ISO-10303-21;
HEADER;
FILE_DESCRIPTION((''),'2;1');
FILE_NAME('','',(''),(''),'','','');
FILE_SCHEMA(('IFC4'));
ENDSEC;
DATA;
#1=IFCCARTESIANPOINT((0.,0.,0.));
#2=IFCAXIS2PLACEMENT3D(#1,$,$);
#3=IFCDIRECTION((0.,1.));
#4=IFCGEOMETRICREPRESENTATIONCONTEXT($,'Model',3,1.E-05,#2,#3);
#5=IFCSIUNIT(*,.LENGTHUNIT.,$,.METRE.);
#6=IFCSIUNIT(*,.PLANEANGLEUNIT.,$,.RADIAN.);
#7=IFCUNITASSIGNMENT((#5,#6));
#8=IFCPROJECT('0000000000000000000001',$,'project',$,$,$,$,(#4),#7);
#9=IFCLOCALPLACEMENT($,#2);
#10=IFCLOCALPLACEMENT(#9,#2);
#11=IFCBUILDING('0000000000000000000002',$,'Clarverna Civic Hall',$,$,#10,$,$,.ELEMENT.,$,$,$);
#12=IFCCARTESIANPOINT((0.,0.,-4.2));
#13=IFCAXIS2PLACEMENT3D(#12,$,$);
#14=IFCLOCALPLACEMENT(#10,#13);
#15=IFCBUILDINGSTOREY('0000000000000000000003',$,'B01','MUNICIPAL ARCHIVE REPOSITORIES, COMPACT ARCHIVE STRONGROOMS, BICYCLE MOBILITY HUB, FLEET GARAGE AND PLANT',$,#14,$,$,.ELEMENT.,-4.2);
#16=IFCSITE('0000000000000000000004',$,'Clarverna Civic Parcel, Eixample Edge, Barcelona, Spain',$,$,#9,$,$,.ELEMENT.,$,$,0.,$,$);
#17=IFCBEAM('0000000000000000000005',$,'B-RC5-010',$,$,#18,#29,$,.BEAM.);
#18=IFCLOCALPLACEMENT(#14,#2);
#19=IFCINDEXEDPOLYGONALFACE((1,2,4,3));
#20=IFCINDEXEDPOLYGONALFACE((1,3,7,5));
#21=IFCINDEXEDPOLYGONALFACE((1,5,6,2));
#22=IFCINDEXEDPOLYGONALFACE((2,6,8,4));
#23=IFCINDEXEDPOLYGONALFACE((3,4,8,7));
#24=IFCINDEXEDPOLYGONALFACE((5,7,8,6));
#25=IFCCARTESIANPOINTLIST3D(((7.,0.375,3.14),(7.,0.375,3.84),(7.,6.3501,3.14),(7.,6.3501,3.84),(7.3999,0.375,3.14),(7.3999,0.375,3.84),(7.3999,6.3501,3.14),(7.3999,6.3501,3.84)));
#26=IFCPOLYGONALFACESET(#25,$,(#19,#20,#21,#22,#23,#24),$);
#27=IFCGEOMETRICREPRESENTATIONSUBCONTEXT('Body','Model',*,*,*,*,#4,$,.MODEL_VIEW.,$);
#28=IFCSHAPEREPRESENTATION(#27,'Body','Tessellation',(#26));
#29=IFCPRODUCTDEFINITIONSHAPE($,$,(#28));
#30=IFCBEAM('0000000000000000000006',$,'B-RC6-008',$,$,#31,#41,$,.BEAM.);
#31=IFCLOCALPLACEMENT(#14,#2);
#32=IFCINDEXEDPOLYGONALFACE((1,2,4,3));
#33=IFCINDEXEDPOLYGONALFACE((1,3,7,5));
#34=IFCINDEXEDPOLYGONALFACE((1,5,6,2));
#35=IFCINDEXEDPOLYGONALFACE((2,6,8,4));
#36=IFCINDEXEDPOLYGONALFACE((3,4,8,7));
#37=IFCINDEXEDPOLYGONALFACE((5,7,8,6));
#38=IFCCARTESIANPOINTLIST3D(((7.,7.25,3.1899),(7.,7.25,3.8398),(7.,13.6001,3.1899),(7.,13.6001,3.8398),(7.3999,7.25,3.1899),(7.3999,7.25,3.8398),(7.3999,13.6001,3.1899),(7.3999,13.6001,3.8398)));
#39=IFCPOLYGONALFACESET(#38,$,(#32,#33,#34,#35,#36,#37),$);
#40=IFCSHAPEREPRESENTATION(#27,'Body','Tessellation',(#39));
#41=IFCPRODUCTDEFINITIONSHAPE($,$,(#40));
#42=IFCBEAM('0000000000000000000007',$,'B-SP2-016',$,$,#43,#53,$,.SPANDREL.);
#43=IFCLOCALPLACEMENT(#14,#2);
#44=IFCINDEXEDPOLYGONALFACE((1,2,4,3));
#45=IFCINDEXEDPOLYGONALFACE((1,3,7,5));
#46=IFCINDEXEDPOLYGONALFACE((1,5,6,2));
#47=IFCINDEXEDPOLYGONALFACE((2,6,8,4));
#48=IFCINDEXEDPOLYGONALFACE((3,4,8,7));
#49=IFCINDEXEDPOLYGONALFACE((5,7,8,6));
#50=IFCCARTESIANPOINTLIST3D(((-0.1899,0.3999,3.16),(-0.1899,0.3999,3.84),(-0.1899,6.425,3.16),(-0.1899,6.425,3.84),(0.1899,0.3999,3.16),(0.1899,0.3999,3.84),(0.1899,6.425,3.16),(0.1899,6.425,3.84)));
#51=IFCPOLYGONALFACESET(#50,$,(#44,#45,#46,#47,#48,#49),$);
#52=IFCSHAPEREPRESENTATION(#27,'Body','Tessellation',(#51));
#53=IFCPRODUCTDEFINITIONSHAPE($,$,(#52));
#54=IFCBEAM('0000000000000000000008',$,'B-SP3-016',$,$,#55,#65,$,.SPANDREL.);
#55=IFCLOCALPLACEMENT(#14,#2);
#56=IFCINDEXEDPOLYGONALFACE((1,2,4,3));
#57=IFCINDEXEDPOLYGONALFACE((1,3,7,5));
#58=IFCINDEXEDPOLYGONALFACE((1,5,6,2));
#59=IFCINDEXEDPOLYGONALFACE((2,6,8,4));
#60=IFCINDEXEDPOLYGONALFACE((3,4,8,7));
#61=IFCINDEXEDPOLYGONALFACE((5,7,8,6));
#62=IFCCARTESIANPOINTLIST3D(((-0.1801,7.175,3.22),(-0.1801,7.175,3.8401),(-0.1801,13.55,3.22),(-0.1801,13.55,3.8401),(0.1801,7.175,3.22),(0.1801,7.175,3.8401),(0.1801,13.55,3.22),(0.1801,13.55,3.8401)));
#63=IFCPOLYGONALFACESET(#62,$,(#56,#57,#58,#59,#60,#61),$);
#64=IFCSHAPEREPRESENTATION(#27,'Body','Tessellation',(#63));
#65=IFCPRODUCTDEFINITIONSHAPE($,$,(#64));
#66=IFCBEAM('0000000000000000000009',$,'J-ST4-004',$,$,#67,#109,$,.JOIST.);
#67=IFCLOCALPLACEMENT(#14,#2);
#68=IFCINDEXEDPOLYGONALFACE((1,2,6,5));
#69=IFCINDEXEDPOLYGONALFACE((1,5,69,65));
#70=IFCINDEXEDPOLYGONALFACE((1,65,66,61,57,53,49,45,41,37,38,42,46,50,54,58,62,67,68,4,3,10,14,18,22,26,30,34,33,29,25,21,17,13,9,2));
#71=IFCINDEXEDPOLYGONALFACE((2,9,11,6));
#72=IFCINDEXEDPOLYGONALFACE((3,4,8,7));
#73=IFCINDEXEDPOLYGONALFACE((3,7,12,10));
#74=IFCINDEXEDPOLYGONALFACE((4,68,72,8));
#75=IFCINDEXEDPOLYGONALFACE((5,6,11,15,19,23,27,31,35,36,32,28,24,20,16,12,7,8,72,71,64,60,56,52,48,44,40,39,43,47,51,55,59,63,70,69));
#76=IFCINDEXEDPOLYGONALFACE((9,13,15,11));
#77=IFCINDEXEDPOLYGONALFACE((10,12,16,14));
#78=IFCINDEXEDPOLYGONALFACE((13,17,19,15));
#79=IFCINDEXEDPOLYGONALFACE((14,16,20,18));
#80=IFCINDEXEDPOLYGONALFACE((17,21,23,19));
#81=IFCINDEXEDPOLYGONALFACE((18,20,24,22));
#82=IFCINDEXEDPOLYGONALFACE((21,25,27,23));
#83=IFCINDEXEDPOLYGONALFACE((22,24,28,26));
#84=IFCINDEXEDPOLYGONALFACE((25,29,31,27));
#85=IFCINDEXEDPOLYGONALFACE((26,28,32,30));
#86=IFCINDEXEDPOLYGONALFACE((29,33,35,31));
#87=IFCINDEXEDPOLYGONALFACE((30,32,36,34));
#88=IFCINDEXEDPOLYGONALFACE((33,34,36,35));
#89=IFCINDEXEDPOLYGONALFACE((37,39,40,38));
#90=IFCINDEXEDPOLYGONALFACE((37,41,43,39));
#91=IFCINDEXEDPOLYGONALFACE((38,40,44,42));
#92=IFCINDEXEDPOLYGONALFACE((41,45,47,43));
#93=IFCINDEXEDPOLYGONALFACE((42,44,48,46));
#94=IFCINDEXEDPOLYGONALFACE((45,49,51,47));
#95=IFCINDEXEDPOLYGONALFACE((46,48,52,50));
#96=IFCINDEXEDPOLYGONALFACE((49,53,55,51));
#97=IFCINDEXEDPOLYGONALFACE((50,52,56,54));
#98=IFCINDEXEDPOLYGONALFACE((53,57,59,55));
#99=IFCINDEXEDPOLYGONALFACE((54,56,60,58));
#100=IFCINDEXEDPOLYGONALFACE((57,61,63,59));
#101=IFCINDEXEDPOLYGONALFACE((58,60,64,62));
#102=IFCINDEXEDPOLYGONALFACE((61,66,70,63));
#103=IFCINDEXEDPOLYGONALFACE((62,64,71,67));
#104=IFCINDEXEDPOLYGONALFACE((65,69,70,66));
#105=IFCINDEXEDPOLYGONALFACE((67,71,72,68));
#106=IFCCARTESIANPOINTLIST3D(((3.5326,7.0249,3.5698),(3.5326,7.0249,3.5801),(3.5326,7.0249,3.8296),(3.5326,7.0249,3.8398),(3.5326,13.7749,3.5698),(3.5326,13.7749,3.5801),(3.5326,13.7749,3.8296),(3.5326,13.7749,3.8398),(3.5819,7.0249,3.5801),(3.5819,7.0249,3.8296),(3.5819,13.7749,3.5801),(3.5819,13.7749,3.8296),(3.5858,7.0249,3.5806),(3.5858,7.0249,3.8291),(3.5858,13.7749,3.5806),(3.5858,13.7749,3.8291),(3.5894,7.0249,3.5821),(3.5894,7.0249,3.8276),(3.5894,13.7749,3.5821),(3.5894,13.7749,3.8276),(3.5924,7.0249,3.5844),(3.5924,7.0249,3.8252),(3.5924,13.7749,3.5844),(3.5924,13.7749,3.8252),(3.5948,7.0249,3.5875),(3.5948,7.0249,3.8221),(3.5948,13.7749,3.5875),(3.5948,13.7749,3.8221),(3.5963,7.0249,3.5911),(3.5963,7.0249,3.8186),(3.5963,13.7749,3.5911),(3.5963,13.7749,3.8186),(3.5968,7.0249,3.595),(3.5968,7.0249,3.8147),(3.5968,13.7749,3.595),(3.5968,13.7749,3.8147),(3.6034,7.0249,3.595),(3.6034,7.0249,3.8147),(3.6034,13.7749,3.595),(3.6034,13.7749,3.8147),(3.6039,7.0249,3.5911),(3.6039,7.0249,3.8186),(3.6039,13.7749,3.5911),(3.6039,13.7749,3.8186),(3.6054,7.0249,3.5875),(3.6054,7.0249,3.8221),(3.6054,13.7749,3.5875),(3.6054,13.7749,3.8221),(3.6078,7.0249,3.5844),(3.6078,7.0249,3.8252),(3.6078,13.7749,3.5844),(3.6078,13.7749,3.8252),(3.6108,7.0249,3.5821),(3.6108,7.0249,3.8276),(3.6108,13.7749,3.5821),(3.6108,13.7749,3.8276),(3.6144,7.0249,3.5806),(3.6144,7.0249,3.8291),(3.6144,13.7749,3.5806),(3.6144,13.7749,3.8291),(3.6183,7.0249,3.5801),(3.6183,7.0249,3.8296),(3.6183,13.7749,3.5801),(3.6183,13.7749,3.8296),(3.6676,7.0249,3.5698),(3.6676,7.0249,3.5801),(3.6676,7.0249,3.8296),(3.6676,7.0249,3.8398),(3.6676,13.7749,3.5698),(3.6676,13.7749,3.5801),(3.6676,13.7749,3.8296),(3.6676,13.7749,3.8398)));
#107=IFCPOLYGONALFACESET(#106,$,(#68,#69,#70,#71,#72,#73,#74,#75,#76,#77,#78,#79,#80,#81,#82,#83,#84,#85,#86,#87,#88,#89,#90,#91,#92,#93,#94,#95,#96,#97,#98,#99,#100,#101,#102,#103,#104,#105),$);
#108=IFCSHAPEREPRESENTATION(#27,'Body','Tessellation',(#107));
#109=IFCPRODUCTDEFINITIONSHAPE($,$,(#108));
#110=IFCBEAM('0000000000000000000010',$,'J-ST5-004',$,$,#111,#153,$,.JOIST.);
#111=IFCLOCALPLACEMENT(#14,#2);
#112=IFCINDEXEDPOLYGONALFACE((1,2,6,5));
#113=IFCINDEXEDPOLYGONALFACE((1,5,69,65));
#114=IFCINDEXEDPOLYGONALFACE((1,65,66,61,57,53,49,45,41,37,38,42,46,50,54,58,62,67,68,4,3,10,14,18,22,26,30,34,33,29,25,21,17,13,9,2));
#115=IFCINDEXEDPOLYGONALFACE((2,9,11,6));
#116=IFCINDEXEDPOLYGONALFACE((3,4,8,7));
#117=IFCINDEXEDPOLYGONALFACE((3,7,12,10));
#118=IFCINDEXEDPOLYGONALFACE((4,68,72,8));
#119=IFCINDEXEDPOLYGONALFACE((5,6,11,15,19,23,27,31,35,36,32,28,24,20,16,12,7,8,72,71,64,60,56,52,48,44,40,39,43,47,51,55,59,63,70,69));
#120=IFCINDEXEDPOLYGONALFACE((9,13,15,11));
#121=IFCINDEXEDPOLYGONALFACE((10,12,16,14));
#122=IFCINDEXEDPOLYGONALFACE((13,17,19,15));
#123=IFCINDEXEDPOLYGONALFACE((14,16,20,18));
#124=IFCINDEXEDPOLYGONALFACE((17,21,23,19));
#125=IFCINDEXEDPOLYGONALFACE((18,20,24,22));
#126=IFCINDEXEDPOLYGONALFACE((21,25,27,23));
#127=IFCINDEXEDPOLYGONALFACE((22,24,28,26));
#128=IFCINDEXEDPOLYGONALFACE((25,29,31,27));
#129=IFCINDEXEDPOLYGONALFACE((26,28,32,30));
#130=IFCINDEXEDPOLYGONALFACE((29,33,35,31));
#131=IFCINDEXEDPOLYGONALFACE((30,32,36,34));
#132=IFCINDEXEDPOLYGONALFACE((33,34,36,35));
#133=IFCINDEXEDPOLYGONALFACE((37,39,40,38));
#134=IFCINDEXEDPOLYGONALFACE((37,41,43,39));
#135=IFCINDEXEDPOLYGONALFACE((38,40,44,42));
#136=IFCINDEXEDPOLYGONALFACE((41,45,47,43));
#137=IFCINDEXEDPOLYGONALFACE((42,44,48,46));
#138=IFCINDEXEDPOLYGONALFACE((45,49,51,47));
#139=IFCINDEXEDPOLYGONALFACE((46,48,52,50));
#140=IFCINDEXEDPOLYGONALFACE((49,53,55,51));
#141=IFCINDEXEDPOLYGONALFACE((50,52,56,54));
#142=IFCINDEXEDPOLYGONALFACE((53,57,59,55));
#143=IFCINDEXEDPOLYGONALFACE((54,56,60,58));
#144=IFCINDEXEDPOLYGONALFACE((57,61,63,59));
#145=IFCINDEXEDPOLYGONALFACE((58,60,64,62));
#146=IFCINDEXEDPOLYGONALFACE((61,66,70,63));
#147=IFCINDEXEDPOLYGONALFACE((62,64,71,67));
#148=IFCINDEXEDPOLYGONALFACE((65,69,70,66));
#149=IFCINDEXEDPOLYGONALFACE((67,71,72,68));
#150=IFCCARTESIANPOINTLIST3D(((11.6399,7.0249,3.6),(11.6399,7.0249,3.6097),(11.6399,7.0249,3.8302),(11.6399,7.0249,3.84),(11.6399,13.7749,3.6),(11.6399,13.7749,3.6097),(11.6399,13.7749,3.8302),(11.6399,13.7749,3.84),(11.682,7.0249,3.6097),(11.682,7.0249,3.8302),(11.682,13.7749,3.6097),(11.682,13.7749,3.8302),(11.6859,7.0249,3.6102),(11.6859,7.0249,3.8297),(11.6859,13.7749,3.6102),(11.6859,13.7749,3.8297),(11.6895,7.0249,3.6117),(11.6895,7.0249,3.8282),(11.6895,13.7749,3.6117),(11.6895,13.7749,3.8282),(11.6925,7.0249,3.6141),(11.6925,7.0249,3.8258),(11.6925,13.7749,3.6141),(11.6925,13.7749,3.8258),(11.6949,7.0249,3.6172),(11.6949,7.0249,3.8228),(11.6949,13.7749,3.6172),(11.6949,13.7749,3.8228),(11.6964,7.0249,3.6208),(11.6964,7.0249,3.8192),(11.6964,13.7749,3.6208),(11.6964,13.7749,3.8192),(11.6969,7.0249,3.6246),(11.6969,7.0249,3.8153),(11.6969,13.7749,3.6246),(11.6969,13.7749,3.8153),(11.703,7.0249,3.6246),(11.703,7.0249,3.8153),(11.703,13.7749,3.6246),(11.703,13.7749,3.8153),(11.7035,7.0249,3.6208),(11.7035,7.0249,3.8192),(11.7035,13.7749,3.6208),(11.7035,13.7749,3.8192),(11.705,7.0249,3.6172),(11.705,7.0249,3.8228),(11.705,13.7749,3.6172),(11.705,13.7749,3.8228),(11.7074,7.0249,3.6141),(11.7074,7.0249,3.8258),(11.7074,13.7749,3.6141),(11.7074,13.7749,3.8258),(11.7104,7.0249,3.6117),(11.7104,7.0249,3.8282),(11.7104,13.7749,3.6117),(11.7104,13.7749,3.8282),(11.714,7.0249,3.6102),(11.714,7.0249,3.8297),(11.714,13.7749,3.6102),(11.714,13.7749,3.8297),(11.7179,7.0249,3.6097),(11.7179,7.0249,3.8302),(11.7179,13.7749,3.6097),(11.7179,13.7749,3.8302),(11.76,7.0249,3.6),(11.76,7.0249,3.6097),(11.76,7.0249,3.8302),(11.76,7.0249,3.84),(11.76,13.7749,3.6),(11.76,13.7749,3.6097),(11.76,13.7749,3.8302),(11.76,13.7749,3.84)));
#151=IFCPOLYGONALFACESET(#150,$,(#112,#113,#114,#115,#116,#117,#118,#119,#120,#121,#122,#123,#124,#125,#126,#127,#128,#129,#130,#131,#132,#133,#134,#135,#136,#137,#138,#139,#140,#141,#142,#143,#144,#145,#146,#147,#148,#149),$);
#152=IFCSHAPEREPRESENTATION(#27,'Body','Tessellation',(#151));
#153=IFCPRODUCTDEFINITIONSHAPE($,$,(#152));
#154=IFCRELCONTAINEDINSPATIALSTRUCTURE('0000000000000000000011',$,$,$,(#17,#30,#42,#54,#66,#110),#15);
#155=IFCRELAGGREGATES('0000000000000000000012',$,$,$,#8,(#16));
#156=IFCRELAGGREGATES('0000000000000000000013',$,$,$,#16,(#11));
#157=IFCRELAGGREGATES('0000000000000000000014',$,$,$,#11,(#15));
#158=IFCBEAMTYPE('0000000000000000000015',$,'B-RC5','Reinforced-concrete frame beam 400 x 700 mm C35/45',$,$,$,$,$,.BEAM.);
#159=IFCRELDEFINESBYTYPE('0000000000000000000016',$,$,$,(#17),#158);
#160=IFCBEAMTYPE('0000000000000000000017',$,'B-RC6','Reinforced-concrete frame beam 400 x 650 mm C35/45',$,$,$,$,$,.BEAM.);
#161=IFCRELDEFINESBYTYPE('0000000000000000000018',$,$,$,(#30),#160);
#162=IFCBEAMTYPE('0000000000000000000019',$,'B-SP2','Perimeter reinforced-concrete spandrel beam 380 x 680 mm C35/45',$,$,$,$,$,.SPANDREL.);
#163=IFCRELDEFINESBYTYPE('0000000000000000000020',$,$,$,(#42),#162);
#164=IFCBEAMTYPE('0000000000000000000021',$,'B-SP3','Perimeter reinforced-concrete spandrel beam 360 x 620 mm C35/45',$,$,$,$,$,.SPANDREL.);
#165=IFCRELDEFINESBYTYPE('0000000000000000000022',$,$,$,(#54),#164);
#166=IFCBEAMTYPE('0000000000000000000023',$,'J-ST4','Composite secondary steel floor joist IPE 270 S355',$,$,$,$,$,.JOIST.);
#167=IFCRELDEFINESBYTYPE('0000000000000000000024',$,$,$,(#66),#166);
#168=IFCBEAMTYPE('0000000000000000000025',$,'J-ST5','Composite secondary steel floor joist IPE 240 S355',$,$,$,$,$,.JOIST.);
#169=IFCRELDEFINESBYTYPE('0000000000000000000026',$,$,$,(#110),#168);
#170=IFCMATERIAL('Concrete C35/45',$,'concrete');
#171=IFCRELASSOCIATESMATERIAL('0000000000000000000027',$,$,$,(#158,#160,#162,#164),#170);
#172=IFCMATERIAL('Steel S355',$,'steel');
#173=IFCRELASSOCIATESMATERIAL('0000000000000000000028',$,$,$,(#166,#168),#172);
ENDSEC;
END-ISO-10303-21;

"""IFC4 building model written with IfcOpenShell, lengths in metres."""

from ifc_helpers import new_model, si_unit, direction, frame, origin, origin_2d, place, context, subcontext, project, spatial, rectangle, i_section, extrude, material, material_profile, profile_set, type_object, element, save


model = new_model("IFC4")

# Units and contexts
model_context = context("Model", 3, precision=1e-05, world=origin(), true_north=direction((0.0, 1.0)))
body_context = subcontext(model_context, "Body", "Model", "MODEL_VIEW")
ifc_project = project(units=[si_unit("LENGTHUNIT", "METRE"), si_unit("PLANEANGLEUNIT", "RADIAN")], contexts=[model_context])

# Site, building, storey
site_placement = place(None, origin())
site = spatial("IfcSite", under=ifc_project, at=site_placement, Name="Clarverna Civic Parcel, Eixample Edge, Barcelona, Spain", CompositionType="ELEMENT", RefElevation=0.0)
building_placement = place(site_placement, origin())
building = spatial("IfcBuilding", under=site, at=building_placement, Name="Clarverna Civic Hall", CompositionType="ELEMENT")
storey_placement = place(building_placement, frame((0.0, 0.0, -4.2)))
storey = spatial("IfcBuildingStorey", under=building, at=storey_placement, Name="B01", Description="MUNICIPAL ARCHIVE REPOSITORIES, COMPACT ARCHIVE STRONGROOMS, BICYCLE MOBILITY HUB, FLEET GARAGE AND PLANT", CompositionType="ELEMENT", Elevation=-4.2)

# Beams
ifc_material_1 = material(Name="Concrete C35/45", Category="concrete")
ifc_material_profile_1 = material_profile(ifc_material_1, rectangle(XDim=0.3999, YDim=0.7, at=origin_2d()), Name="RC 400x700")
ifc_profile_set_1 = profile_set([ifc_material_profile_1], Name="Concrete C35/45")
beam_type_1 = type_object("IfcBeamType", Name="B-RC5", Description="Reinforced-concrete frame beam 400 x 700 mm C35/45", PredefinedType="BEAM", material=ifc_profile_set_1)
beam_1_placement = place(storey_placement, frame((7.2, 0.375, 3.49), z_axis=(0.0, 1.0, 0.0), x_axis=(-1.0, 0.0, 0.0)))
element("IfcBeam", 1, at=beam_1_placement, inside=storey, type_object=beam_type_1, Name="B-RC5-010", PredefinedType="BEAM", context=body_context, shape_type="SweptSolid", body=[
    extrude(rectangle(XDim=0.3999, YDim=0.7, at=origin_2d()), origin(), (0.0, 0.0, 1.0), 5.9751),
])
ifc_material_profile_2 = material_profile(ifc_material_1, rectangle(XDim=0.3999, YDim=0.6499, at=origin_2d()), Name="RC 400x650")
ifc_profile_set_2 = profile_set([ifc_material_profile_2], Name="Concrete C35/45")
beam_type_2 = type_object("IfcBeamType", Name="B-RC6", Description="Reinforced-concrete frame beam 400 x 650 mm C35/45", PredefinedType="BEAM", material=ifc_profile_set_2)
beam_2_placement = place(storey_placement, frame((7.2, 7.25, 3.5149), z_axis=(0.0, 1.0, 0.0), x_axis=(-1.0, 0.0, 0.0)))
element("IfcBeam", 2, at=beam_2_placement, inside=storey, type_object=beam_type_2, Name="B-RC6-008", PredefinedType="BEAM", context=body_context, shape_type="SweptSolid", body=[
    extrude(rectangle(XDim=0.3999, YDim=0.6499, at=origin_2d()), origin(), (0.0, 0.0, 1.0), 6.3501),
])
ifc_material_profile_3 = material_profile(ifc_material_1, rectangle(XDim=0.3799, YDim=0.6799, at=origin_2d()), Name="RC 380x680")
ifc_profile_set_3 = profile_set([ifc_material_profile_3], Name="Concrete C35/45")
beam_type_3 = type_object("IfcBeamType", Name="B-SP2", Description="Perimeter reinforced-concrete spandrel beam 380 x 680 mm C35/45", PredefinedType="SPANDREL", material=ifc_profile_set_3)
beam_3_placement = place(storey_placement, frame((0.0, 0.3999, 3.5), z_axis=(0.0, 1.0, 0.0), x_axis=(-1.0, 0.0, 0.0)))
element("IfcBeam", 3, at=beam_3_placement, inside=storey, type_object=beam_type_3, Name="B-SP2-016", PredefinedType="SPANDREL", context=body_context, shape_type="SweptSolid", body=[
    extrude(rectangle(XDim=0.3799, YDim=0.6799, at=origin_2d()), origin(), (0.0, 0.0, 1.0), 6.0251),
])
ifc_material_profile_4 = material_profile(ifc_material_1, rectangle(XDim=0.3601, YDim=0.6201, at=origin_2d()), Name="RC 360x620")
ifc_profile_set_4 = profile_set([ifc_material_profile_4], Name="Concrete C35/45")
beam_type_4 = type_object("IfcBeamType", Name="B-SP3", Description="Perimeter reinforced-concrete spandrel beam 360 x 620 mm C35/45", PredefinedType="SPANDREL", material=ifc_profile_set_4)
beam_4_placement = place(storey_placement, frame((0.0, 7.175, 3.53), z_axis=(0.0, 1.0, 0.0), x_axis=(-1.0, 0.0, 0.0)))
element("IfcBeam", 4, at=beam_4_placement, inside=storey, type_object=beam_type_4, Name="B-SP3-016", PredefinedType="SPANDREL", context=body_context, shape_type="SweptSolid", body=[
    extrude(rectangle(XDim=0.3601, YDim=0.6201, at=origin_2d()), origin(), (0.0, 0.0, 1.0), 6.375),
])
ifc_material_2 = material(Name="Steel S355", Category="steel")
ifc_material_profile_5 = material_profile(ifc_material_2, i_section(OverallWidth=0.135, OverallDepth=0.27, WebThickness=0.0066, FlangeThickness=0.0103, FilletRadius=0.0149, at=origin_2d()), Name="IPE 270")
ifc_profile_set_5 = profile_set([ifc_material_profile_5], Name="Steel S355")
beam_type_5 = type_object("IfcBeamType", Name="J-ST4", Description="Composite secondary steel floor joist IPE 270 S355", PredefinedType="JOIST", material=ifc_profile_set_5)
beam_5_placement = place(storey_placement, frame((3.6001, 7.0249, 3.7048), z_axis=(0.0, 1.0, 0.0), x_axis=(-1.0, 0.0, 0.0)))
element("IfcBeam", 5, at=beam_5_placement, inside=storey, type_object=beam_type_5, Name="J-ST4-004", PredefinedType="JOIST", context=body_context, shape_type="SweptSolid", body=[
    extrude(i_section(OverallWidth=0.135, OverallDepth=0.27, WebThickness=0.0066, FlangeThickness=0.0103, FilletRadius=0.0149, at=origin_2d()), origin(), (0.0, 0.0, 1.0), 6.75),
])
ifc_material_profile_6 = material_profile(ifc_material_2, i_section(OverallWidth=0.1201, OverallDepth=0.24, WebThickness=0.0061, FlangeThickness=0.0098, FilletRadius=0.0149, at=origin_2d()), Name="IPE 240")
ifc_profile_set_6 = profile_set([ifc_material_profile_6], Name="Steel S355")
beam_type_6 = type_object("IfcBeamType", Name="J-ST5", Description="Composite secondary steel floor joist IPE 240 S355", PredefinedType="JOIST", material=ifc_profile_set_6)
beam_6_placement = place(storey_placement, frame((11.7, 7.0249, 3.72), z_axis=(0.0, 1.0, 0.0), x_axis=(-1.0, 0.0, 0.0)))
element("IfcBeam", 6, at=beam_6_placement, inside=storey, type_object=beam_type_6, Name="J-ST5-004", PredefinedType="JOIST", context=body_context, shape_type="SweptSolid", body=[
    extrude(i_section(OverallWidth=0.1201, OverallDepth=0.24, WebThickness=0.0061, FlangeThickness=0.0098, FilletRadius=0.0149, at=origin_2d()), origin(), (0.0, 0.0, 1.0), 6.75),
])

save(model, "model.ifc")
